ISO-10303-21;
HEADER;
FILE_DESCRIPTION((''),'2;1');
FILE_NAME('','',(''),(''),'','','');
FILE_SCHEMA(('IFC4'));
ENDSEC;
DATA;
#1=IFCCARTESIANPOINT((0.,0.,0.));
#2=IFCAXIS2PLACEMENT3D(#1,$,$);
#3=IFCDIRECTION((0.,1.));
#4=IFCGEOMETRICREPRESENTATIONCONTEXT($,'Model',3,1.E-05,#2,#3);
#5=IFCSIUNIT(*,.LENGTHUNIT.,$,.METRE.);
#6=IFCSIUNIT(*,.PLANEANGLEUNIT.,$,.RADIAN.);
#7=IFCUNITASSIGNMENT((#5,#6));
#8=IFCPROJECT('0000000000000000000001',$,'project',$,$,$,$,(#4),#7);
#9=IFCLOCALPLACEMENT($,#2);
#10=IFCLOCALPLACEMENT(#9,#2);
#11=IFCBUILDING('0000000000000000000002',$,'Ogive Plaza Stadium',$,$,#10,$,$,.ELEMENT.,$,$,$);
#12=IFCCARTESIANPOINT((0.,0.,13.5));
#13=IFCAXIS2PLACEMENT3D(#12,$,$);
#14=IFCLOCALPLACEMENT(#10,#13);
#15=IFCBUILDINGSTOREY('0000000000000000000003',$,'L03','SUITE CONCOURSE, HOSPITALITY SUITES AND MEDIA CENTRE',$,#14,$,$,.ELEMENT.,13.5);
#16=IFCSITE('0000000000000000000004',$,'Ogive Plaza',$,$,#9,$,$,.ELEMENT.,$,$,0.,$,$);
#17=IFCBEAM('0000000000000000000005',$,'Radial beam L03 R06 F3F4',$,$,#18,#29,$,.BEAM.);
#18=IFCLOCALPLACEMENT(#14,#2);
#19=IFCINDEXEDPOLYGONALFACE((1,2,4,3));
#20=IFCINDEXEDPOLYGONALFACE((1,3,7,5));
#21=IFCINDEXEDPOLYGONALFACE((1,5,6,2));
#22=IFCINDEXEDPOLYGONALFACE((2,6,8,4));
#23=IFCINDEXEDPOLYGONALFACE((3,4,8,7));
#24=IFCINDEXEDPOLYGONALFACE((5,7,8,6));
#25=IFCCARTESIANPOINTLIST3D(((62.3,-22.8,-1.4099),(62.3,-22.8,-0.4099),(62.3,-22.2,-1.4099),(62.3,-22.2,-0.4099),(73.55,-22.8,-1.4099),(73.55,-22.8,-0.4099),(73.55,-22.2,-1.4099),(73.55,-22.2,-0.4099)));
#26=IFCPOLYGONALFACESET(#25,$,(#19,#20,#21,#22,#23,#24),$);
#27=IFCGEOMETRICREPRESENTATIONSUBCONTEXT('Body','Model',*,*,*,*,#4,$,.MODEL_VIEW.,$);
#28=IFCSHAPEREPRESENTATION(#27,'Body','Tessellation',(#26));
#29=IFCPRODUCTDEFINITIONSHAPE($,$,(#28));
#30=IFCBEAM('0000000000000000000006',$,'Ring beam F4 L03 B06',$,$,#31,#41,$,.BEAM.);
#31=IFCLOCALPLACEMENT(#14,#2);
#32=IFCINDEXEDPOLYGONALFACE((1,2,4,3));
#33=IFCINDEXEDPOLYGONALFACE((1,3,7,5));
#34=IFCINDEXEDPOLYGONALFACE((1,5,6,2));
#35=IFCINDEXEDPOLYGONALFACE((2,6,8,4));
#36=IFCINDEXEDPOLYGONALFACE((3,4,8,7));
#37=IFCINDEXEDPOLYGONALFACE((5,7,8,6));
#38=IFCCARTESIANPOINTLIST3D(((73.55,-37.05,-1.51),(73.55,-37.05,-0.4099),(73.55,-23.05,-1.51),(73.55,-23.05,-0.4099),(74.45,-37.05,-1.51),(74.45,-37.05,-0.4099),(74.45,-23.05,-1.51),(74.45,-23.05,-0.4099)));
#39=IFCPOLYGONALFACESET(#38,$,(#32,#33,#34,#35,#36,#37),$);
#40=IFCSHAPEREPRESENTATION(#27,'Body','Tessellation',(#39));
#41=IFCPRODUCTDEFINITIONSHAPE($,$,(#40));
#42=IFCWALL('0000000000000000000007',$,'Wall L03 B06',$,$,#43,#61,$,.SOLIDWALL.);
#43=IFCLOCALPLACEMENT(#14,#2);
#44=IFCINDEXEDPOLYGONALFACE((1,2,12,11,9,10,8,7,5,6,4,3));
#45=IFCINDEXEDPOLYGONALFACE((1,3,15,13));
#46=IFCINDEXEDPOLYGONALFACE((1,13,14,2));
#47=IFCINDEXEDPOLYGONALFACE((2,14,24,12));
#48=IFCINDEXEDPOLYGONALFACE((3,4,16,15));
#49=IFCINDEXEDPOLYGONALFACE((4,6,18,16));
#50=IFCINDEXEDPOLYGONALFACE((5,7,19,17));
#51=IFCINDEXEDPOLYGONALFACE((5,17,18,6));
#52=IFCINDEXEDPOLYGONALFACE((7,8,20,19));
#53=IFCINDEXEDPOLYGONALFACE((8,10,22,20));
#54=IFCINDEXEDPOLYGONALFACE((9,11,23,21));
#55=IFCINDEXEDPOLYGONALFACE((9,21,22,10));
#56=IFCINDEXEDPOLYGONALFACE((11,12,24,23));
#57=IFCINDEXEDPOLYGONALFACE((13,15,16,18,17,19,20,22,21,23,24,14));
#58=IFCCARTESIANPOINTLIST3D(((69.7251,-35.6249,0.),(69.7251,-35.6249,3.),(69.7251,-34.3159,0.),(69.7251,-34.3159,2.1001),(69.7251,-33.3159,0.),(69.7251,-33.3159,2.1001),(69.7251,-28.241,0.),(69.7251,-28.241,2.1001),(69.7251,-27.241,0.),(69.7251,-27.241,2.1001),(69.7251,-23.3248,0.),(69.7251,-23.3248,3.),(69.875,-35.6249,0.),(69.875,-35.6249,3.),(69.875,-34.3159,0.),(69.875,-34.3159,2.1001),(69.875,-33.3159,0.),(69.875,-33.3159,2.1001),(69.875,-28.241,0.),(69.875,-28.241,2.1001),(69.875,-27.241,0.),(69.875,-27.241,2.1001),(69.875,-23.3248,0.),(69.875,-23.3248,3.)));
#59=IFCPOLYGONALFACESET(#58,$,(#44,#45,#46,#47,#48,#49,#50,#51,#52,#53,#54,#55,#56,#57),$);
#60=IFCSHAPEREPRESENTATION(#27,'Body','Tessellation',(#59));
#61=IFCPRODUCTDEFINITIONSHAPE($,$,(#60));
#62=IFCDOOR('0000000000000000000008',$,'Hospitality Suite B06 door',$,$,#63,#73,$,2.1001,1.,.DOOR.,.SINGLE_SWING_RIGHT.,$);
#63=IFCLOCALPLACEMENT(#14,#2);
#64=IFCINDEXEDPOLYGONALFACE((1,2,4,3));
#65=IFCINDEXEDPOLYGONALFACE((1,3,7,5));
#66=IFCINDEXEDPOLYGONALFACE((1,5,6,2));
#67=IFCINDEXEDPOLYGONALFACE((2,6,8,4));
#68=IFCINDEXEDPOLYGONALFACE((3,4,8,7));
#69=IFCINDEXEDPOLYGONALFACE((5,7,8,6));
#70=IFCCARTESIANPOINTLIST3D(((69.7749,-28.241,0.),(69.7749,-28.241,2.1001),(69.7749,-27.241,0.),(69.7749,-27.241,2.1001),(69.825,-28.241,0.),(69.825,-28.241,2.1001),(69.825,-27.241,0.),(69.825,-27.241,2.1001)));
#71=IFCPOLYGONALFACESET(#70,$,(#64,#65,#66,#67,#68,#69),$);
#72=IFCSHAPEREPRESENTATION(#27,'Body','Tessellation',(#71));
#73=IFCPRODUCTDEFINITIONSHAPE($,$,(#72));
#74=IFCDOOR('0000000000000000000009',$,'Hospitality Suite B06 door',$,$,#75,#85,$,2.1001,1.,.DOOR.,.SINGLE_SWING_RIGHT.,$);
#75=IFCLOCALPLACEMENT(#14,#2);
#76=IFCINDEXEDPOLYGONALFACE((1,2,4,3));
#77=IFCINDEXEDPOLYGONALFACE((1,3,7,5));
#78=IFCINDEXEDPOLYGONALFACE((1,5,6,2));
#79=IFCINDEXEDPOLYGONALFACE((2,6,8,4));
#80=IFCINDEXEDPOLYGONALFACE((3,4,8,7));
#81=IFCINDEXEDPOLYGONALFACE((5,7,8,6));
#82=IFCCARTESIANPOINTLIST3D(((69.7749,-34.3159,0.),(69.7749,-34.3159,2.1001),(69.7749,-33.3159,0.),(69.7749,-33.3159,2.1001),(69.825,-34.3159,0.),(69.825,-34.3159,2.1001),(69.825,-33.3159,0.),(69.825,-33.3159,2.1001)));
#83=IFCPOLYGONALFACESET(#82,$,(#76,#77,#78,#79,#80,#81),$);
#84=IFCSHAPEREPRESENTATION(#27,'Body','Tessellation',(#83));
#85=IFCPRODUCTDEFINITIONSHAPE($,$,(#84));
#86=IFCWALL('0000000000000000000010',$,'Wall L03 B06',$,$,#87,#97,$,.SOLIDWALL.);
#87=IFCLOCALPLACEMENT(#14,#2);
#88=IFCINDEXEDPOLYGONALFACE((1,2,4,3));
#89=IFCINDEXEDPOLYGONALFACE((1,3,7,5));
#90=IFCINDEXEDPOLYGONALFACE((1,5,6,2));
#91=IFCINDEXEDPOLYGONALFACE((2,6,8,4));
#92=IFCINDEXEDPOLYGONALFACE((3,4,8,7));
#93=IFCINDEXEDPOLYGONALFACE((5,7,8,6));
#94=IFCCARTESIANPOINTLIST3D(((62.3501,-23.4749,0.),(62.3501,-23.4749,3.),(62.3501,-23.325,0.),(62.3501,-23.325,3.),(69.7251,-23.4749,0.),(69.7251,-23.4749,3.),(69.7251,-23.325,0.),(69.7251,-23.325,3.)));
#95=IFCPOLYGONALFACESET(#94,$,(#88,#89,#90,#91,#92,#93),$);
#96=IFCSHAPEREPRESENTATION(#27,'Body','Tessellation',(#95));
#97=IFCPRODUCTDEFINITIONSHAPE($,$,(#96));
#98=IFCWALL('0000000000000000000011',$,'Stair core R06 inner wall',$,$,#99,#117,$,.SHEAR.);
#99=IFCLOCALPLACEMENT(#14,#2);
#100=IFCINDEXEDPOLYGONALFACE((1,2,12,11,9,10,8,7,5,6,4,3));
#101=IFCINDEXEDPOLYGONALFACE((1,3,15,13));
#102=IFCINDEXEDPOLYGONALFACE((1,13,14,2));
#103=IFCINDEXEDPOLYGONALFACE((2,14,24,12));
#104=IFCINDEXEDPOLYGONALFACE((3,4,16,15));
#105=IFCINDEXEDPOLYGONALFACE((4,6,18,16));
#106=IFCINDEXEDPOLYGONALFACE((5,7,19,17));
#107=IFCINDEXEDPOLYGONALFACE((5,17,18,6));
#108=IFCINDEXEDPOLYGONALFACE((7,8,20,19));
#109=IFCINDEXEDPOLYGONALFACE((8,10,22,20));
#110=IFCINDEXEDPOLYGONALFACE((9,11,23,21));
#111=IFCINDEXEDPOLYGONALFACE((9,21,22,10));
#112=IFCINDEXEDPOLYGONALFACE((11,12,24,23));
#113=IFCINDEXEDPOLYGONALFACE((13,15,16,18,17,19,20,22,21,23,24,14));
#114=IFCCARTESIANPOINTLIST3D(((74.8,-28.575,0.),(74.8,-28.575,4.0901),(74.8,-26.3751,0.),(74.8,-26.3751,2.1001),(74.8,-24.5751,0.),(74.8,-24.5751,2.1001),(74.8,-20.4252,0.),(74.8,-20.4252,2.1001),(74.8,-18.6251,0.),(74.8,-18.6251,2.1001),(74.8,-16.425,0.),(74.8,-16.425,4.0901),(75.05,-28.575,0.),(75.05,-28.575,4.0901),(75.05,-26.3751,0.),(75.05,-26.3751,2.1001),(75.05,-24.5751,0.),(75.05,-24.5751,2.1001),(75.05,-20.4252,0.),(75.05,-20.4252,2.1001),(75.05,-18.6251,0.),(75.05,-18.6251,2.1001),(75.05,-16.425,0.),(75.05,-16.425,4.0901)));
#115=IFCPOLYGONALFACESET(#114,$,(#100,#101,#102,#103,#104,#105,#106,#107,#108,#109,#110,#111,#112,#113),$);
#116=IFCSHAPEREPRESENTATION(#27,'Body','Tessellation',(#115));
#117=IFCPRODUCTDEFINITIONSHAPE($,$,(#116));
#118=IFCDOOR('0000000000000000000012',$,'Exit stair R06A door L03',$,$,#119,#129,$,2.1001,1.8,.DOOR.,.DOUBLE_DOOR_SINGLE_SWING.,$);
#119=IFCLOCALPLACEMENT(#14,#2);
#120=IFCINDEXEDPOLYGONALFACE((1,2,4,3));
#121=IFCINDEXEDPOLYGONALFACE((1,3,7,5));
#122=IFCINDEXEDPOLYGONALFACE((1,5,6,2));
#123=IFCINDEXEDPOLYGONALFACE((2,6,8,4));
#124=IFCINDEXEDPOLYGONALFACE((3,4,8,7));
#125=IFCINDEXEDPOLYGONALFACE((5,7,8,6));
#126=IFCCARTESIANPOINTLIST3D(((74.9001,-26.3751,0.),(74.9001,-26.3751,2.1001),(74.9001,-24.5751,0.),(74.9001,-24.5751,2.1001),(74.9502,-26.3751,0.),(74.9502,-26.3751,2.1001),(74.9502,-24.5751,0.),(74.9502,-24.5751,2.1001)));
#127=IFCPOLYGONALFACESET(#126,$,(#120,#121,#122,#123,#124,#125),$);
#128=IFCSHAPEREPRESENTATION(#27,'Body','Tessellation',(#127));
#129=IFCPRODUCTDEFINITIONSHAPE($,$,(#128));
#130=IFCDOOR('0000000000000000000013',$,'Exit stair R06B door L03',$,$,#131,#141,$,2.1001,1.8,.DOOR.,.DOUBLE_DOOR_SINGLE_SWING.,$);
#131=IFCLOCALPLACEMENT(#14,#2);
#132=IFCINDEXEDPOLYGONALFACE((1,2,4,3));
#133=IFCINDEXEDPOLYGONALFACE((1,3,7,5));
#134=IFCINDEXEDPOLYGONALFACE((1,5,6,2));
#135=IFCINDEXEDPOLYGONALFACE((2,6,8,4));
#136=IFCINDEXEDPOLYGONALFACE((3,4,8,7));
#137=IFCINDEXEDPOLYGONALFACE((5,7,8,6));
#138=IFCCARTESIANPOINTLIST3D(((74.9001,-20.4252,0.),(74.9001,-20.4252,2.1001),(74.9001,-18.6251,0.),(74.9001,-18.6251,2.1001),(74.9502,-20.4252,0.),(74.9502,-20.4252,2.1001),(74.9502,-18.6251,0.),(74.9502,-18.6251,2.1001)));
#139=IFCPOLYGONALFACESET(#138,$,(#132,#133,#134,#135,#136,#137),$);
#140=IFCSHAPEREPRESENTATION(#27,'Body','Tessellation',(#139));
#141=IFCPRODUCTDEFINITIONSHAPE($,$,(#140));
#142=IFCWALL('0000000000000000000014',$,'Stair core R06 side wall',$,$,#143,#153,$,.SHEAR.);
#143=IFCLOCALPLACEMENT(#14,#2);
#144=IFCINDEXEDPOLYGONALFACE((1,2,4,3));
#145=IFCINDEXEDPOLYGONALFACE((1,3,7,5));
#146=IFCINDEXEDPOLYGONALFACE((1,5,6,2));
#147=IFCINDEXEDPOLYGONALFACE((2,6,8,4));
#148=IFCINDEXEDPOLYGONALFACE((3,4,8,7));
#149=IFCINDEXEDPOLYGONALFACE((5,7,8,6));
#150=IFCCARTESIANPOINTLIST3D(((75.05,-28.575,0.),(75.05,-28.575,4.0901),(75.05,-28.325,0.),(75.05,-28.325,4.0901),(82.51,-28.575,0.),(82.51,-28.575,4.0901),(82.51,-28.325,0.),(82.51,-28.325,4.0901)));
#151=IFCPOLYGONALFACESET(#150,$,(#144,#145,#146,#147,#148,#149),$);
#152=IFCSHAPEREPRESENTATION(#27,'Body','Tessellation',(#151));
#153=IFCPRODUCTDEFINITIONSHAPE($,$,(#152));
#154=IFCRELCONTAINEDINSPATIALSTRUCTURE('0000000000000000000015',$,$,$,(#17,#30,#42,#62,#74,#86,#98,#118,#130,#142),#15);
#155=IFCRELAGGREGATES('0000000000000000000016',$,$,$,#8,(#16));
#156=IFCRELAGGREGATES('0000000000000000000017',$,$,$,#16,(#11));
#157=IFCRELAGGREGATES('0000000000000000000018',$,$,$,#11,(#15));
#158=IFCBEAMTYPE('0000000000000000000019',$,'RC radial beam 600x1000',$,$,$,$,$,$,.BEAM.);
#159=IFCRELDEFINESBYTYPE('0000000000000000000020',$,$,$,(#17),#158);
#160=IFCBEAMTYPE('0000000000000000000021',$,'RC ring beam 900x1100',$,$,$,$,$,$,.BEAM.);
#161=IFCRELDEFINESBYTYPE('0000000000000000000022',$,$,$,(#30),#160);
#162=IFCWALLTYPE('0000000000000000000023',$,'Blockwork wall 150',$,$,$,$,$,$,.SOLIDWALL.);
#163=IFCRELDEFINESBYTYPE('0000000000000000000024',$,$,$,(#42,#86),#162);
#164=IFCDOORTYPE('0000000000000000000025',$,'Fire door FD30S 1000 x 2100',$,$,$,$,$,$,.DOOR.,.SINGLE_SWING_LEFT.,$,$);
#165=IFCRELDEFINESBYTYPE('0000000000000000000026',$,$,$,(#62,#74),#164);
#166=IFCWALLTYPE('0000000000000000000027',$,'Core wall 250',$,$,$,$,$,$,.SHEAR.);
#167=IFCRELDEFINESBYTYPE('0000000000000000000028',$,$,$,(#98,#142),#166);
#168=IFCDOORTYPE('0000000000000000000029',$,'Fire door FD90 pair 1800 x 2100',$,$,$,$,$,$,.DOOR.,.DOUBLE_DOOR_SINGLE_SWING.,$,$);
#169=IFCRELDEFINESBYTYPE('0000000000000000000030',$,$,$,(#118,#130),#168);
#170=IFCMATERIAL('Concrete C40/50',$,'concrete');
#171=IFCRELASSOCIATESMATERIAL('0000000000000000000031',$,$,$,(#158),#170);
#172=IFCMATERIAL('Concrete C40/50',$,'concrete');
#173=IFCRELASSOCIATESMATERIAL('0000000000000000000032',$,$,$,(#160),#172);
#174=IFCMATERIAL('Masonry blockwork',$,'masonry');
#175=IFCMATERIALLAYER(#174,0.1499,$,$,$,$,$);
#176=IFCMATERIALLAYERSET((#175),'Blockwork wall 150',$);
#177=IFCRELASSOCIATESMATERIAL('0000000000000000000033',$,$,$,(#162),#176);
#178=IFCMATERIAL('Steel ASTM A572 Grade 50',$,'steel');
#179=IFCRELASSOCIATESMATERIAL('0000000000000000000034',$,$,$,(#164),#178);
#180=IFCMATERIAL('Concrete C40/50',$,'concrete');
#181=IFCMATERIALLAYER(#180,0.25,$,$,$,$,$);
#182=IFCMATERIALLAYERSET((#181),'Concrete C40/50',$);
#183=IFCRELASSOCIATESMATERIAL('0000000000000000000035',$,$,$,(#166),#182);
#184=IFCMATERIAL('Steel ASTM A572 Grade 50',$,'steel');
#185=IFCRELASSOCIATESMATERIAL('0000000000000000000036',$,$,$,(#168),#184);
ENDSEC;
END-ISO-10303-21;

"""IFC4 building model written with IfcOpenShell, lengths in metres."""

from ifc_helpers import new_model, si_unit, direction, frame, frame_2d, origin, origin_2d, place, context, subcontext, project, spatial, rectangle, extrude, material, layer, layer_set, material_profile, profile_set, type_object, element, fill, save


model = new_model("IFC4")

# Units and contexts
model_context = context("Model", 3, precision=1e-05, world=origin(), true_north=direction((0.0, 1.0)))
body_context = subcontext(model_context, "Body", "Model", "MODEL_VIEW")
ifc_project = project(units=[si_unit("LENGTHUNIT", "METRE"), si_unit("PLANEANGLEUNIT", "RADIAN")], contexts=[model_context])

# Site, building, storey
site_placement = place(None, origin())
site = spatial("IfcSite", under=ifc_project, at=site_placement, Name="Ogive Plaza", CompositionType="ELEMENT", RefElevation=0.0)
building_placement = place(site_placement, origin())
building = spatial("IfcBuilding", under=site, at=building_placement, Name="Ogive Plaza Stadium", CompositionType="ELEMENT")
storey_placement = place(building_placement, frame((0.0, 0.0, 13.5)))
storey = spatial("IfcBuildingStorey", under=building, at=storey_placement, Name="L03", Description="SUITE CONCOURSE, HOSPITALITY SUITES AND MEDIA CENTRE", CompositionType="ELEMENT", Elevation=13.5)

# Beams
ifc_material_1 = material(Name="Concrete C40/50", Category="concrete")
ifc_material_profile_1 = material_profile(ifc_material_1, rectangle(XDim=0.6001, YDim=1.0, at=origin_2d()), Name="RC 600x1000")
ifc_profile_set_1 = profile_set([ifc_material_profile_1], Name="Concrete C40/50")
beam_type_1 = type_object("IfcBeamType", Name="RC radial beam 600x1000", PredefinedType="BEAM", material=ifc_profile_set_1)
beam_1_placement = place(storey_placement, frame((62.3, -22.5, -0.9099), z_axis=(1.0, 0.0, 0.0), x_axis=(0.0, 1.0, 0.0)))
element("IfcBeam", 1, at=beam_1_placement, inside=storey, type_object=beam_type_1, Name="Radial beam L03 R06 F3F4", PredefinedType="BEAM", context=body_context, shape_type="SweptSolid", body=[
    extrude(rectangle(XDim=0.6001, YDim=1.0, at=origin_2d()), origin(), (0.0, 0.0, 1.0), 11.25),
])
ifc_material_2 = material(Name="Concrete C40/50", Category="concrete")
ifc_material_profile_2 = material_profile(ifc_material_2, rectangle(XDim=0.8999, YDim=1.1001, at=origin_2d()), Name="RC 900x1100")
ifc_profile_set_2 = profile_set([ifc_material_profile_2], Name="Concrete C40/50")
beam_type_2 = type_object("IfcBeamType", Name="RC ring beam 900x1100", PredefinedType="BEAM", material=ifc_profile_set_2)
beam_2_placement = place(storey_placement, frame((74.0, -23.05, -0.96), z_axis=(0.0, -1.0, 0.0), x_axis=(1.0, 0.0, 0.0)))
element("IfcBeam", 2, at=beam_2_placement, inside=storey, type_object=beam_type_2, Name="Ring beam F4 L03 B06", PredefinedType="BEAM", context=body_context, shape_type="SweptSolid", body=[
    extrude(rectangle(XDim=0.8999, YDim=1.1001, at=origin_2d()), origin(), (0.0, 0.0, 1.0), 14.0),
])

# Wall, openings, doors
ifc_material_3 = material(Name="Masonry blockwork", Category="masonry")
ifc_layer_1 = layer(ifc_material_3, 0.1499)
ifc_layer_set_1 = layer_set([ifc_layer_1], Name="Blockwork wall 150")
wall_type_1 = type_object("IfcWallType", Name="Blockwork wall 150", PredefinedType="SOLIDWALL", material=ifc_layer_set_1)
wall_1_placement = place(storey_placement, frame((69.8, -23.325, 0.0), z_axis=(0.0, 0.0, 1.0), x_axis=(0.0, -1.0, 0.0)))
wall_1 = element("IfcWall", 3, at=wall_1_placement, inside=storey, type_object=wall_type_1, Name="Wall L03 B06", PredefinedType="SOLIDWALL", context=body_context, shape_type="SweptSolid", body=[
    extrude(rectangle(XDim=12.3, YDim=0.1499, at=frame_2d((6.1499, 0.0))), origin(), (0.0, 0.0, 1.0), 3.0),
])
opening_1_placement = place(wall_1_placement, frame((3.916, 0.0, 0.0)))
opening_1 = element("IfcOpeningElement", 4, at=opening_1_placement, cuts=wall_1, PredefinedType="OPENING", context=body_context, shape_type="SweptSolid", body=[
    extrude(rectangle(XDim=1.0, YDim=2.1001, at=frame_2d((0.5, 1.05))), frame((0.0, 0.075, 0.0), z_axis=(0.0, -1.0, 0.0), x_axis=(1.0, 0.0, 0.0)), (0.0, 0.0, 1.0), 0.1499),
])
opening_2_placement = place(wall_1_placement, frame((9.991, 0.0, 0.0)))
opening_2 = element("IfcOpeningElement", 5, at=opening_2_placement, cuts=wall_1, PredefinedType="OPENING", context=body_context, shape_type="SweptSolid", body=[
    extrude(rectangle(XDim=1.0, YDim=2.1001, at=frame_2d((0.5, 1.05))), frame((0.0, 0.075, 0.0), z_axis=(0.0, -1.0, 0.0), x_axis=(1.0, 0.0, 0.0)), (0.0, 0.0, 1.0), 0.1499),
])
ifc_material_4 = material(Name="Steel ASTM A572 Grade 50", Category="steel")
door_type_1 = type_object("IfcDoorType", Name="Fire door FD30S 1000 x 2100", OperationType="SINGLE_SWING_LEFT", PredefinedType="DOOR", material=ifc_material_4)
door_1_placement = place(opening_1_placement, origin())
door_1 = element("IfcDoor", 6, at=door_1_placement, inside=storey, type_object=door_type_1, Name="Hospitality Suite B06 door", OperationType="SINGLE_SWING_RIGHT", OverallHeight=2.1001, OverallWidth=1.0, PredefinedType="DOOR", context=body_context, shape_type="SweptSolid", body=[
    extrude(rectangle(XDim=1.0, YDim=2.1001, at=frame_2d((0.5, 1.05))), frame((0.0, 0.0249, 0.0), z_axis=(0.0, -1.0, 0.0), x_axis=(1.0, 0.0, 0.0)), (0.0, 0.0, 1.0), 0.05),
])
fill(opening_1, door_1)
door_2_placement = place(opening_2_placement, origin())
door_2 = element("IfcDoor", 7, at=door_2_placement, inside=storey, type_object=door_type_1, Name="Hospitality Suite B06 door", OperationType="SINGLE_SWING_RIGHT", OverallHeight=2.1001, OverallWidth=1.0, PredefinedType="DOOR", context=body_context, shape_type="SweptSolid", body=[
    extrude(rectangle(XDim=1.0, YDim=2.1001, at=frame_2d((0.5, 1.05))), frame((0.0, 0.0249, 0.0), z_axis=(0.0, -1.0, 0.0), x_axis=(1.0, 0.0, 0.0)), (0.0, 0.0, 1.0), 0.05),
])
fill(opening_2, door_2)

# Wall
wall_2_placement = place(storey_placement, frame((62.3501, -23.3999, 0.0), z_axis=(0.0, 0.0, 1.0), x_axis=(1.0, 0.0, 0.0)))
element("IfcWall", 8, at=wall_2_placement, inside=storey, type_object=wall_type_1, Name="Wall L03 B06", PredefinedType="SOLIDWALL", context=body_context, shape_type="SweptSolid", body=[
    extrude(rectangle(XDim=7.375, YDim=0.1499, at=frame_2d((3.6875, 0.0))), origin(), (0.0, 0.0, 1.0), 3.0),
])

# Wall, openings, doors
ifc_material_5 = material(Name="Concrete C40/50", Category="concrete")
ifc_layer_2 = layer(ifc_material_5, 0.25)
ifc_layer_set_2 = layer_set([ifc_layer_2], Name="Concrete C40/50")
wall_type_2 = type_object("IfcWallType", Name="Core wall 250", PredefinedType="SHEAR", material=ifc_layer_set_2)
wall_3_placement = place(storey_placement, frame((74.925, -28.575, 0.0), z_axis=(0.0, 0.0, 1.0), x_axis=(0.0, 1.0, 0.0)))
wall_3 = element("IfcWall", 9, at=wall_3_placement, inside=storey, type_object=wall_type_2, Name="Stair core R06 inner wall", PredefinedType="SHEAR", context=body_context, shape_type="SweptSolid", body=[
    extrude(rectangle(XDim=12.1499, YDim=0.25, at=frame_2d((6.075, 0.0))), origin(), (0.0, 0.0, 1.0), 4.0901),
])
opening_3_placement = place(wall_3_placement, frame((2.2, 0.0, 0.0)))
opening_3 = element("IfcOpeningElement", 10, at=opening_3_placement, cuts=wall_3, PredefinedType="OPENING", context=body_context, shape_type="SweptSolid", body=[
    extrude(rectangle(XDim=1.8, YDim=2.1001, at=frame_2d((0.8999, 1.05))), frame((0.0, 0.125, 0.0), z_axis=(0.0, -1.0, 0.0), x_axis=(1.0, 0.0, 0.0)), (0.0, 0.0, 1.0), 0.25),
])
opening_4_placement = place(wall_3_placement, frame((8.1499, 0.0, 0.0)))
opening_4 = element("IfcOpeningElement", 11, at=opening_4_placement, cuts=wall_3, PredefinedType="OPENING", context=body_context, shape_type="SweptSolid", body=[
    extrude(rectangle(XDim=1.8, YDim=2.1001, at=frame_2d((0.8999, 1.05))), frame((0.0, 0.125, 0.0), z_axis=(0.0, -1.0, 0.0), x_axis=(1.0, 0.0, 0.0)), (0.0, 0.0, 1.0), 0.25),
])
ifc_material_6 = material(Name="Steel ASTM A572 Grade 50", Category="steel")
door_type_2 = type_object("IfcDoorType", Name="Fire door FD90 pair 1800 x 2100", OperationType="DOUBLE_DOOR_SINGLE_SWING", PredefinedType="DOOR", material=ifc_material_6)
door_3_placement = place(opening_3_placement, origin())
door_3 = element("IfcDoor", 12, at=door_3_placement, inside=storey, type_object=door_type_2, Name="Exit stair R06A door L03", OperationType="DOUBLE_DOOR_SINGLE_SWING", OverallHeight=2.1001, OverallWidth=1.8, PredefinedType="DOOR", context=body_context, shape_type="SweptSolid", body=[
    extrude(rectangle(XDim=1.8, YDim=2.1001, at=frame_2d((0.8999, 1.05))), frame((0.0, 0.0249, 0.0), z_axis=(0.0, -1.0, 0.0), x_axis=(1.0, 0.0, 0.0)), (0.0, 0.0, 1.0), 0.05),
])
fill(opening_3, door_3)
door_4_placement = place(opening_4_placement, origin())
door_4 = element("IfcDoor", 13, at=door_4_placement, inside=storey, type_object=door_type_2, Name="Exit stair R06B door L03", OperationType="DOUBLE_DOOR_SINGLE_SWING", OverallHeight=2.1001, OverallWidth=1.8, PredefinedType="DOOR", context=body_context, shape_type="SweptSolid", body=[
    extrude(rectangle(XDim=1.8, YDim=2.1001, at=frame_2d((0.8999, 1.05))), frame((0.0, 0.0249, 0.0), z_axis=(0.0, -1.0, 0.0), x_axis=(1.0, 0.0, 0.0)), (0.0, 0.0, 1.0), 0.05),
])
fill(opening_4, door_4)

# Wall
wall_4_placement = place(storey_placement, frame((75.05, -28.45, 0.0), z_axis=(0.0, 0.0, 1.0), x_axis=(1.0, 0.0, 0.0)))
element("IfcWall", 14, at=wall_4_placement, inside=storey, type_object=wall_type_2, Name="Stair core R06 side wall", PredefinedType="SHEAR", context=body_context, shape_type="SweptSolid", body=[
    extrude(rectangle(XDim=7.46, YDim=0.25, at=frame_2d((3.73, 0.0))), origin(), (0.0, 0.0, 1.0), 4.0901),
])

save(model, "model.ifc")
